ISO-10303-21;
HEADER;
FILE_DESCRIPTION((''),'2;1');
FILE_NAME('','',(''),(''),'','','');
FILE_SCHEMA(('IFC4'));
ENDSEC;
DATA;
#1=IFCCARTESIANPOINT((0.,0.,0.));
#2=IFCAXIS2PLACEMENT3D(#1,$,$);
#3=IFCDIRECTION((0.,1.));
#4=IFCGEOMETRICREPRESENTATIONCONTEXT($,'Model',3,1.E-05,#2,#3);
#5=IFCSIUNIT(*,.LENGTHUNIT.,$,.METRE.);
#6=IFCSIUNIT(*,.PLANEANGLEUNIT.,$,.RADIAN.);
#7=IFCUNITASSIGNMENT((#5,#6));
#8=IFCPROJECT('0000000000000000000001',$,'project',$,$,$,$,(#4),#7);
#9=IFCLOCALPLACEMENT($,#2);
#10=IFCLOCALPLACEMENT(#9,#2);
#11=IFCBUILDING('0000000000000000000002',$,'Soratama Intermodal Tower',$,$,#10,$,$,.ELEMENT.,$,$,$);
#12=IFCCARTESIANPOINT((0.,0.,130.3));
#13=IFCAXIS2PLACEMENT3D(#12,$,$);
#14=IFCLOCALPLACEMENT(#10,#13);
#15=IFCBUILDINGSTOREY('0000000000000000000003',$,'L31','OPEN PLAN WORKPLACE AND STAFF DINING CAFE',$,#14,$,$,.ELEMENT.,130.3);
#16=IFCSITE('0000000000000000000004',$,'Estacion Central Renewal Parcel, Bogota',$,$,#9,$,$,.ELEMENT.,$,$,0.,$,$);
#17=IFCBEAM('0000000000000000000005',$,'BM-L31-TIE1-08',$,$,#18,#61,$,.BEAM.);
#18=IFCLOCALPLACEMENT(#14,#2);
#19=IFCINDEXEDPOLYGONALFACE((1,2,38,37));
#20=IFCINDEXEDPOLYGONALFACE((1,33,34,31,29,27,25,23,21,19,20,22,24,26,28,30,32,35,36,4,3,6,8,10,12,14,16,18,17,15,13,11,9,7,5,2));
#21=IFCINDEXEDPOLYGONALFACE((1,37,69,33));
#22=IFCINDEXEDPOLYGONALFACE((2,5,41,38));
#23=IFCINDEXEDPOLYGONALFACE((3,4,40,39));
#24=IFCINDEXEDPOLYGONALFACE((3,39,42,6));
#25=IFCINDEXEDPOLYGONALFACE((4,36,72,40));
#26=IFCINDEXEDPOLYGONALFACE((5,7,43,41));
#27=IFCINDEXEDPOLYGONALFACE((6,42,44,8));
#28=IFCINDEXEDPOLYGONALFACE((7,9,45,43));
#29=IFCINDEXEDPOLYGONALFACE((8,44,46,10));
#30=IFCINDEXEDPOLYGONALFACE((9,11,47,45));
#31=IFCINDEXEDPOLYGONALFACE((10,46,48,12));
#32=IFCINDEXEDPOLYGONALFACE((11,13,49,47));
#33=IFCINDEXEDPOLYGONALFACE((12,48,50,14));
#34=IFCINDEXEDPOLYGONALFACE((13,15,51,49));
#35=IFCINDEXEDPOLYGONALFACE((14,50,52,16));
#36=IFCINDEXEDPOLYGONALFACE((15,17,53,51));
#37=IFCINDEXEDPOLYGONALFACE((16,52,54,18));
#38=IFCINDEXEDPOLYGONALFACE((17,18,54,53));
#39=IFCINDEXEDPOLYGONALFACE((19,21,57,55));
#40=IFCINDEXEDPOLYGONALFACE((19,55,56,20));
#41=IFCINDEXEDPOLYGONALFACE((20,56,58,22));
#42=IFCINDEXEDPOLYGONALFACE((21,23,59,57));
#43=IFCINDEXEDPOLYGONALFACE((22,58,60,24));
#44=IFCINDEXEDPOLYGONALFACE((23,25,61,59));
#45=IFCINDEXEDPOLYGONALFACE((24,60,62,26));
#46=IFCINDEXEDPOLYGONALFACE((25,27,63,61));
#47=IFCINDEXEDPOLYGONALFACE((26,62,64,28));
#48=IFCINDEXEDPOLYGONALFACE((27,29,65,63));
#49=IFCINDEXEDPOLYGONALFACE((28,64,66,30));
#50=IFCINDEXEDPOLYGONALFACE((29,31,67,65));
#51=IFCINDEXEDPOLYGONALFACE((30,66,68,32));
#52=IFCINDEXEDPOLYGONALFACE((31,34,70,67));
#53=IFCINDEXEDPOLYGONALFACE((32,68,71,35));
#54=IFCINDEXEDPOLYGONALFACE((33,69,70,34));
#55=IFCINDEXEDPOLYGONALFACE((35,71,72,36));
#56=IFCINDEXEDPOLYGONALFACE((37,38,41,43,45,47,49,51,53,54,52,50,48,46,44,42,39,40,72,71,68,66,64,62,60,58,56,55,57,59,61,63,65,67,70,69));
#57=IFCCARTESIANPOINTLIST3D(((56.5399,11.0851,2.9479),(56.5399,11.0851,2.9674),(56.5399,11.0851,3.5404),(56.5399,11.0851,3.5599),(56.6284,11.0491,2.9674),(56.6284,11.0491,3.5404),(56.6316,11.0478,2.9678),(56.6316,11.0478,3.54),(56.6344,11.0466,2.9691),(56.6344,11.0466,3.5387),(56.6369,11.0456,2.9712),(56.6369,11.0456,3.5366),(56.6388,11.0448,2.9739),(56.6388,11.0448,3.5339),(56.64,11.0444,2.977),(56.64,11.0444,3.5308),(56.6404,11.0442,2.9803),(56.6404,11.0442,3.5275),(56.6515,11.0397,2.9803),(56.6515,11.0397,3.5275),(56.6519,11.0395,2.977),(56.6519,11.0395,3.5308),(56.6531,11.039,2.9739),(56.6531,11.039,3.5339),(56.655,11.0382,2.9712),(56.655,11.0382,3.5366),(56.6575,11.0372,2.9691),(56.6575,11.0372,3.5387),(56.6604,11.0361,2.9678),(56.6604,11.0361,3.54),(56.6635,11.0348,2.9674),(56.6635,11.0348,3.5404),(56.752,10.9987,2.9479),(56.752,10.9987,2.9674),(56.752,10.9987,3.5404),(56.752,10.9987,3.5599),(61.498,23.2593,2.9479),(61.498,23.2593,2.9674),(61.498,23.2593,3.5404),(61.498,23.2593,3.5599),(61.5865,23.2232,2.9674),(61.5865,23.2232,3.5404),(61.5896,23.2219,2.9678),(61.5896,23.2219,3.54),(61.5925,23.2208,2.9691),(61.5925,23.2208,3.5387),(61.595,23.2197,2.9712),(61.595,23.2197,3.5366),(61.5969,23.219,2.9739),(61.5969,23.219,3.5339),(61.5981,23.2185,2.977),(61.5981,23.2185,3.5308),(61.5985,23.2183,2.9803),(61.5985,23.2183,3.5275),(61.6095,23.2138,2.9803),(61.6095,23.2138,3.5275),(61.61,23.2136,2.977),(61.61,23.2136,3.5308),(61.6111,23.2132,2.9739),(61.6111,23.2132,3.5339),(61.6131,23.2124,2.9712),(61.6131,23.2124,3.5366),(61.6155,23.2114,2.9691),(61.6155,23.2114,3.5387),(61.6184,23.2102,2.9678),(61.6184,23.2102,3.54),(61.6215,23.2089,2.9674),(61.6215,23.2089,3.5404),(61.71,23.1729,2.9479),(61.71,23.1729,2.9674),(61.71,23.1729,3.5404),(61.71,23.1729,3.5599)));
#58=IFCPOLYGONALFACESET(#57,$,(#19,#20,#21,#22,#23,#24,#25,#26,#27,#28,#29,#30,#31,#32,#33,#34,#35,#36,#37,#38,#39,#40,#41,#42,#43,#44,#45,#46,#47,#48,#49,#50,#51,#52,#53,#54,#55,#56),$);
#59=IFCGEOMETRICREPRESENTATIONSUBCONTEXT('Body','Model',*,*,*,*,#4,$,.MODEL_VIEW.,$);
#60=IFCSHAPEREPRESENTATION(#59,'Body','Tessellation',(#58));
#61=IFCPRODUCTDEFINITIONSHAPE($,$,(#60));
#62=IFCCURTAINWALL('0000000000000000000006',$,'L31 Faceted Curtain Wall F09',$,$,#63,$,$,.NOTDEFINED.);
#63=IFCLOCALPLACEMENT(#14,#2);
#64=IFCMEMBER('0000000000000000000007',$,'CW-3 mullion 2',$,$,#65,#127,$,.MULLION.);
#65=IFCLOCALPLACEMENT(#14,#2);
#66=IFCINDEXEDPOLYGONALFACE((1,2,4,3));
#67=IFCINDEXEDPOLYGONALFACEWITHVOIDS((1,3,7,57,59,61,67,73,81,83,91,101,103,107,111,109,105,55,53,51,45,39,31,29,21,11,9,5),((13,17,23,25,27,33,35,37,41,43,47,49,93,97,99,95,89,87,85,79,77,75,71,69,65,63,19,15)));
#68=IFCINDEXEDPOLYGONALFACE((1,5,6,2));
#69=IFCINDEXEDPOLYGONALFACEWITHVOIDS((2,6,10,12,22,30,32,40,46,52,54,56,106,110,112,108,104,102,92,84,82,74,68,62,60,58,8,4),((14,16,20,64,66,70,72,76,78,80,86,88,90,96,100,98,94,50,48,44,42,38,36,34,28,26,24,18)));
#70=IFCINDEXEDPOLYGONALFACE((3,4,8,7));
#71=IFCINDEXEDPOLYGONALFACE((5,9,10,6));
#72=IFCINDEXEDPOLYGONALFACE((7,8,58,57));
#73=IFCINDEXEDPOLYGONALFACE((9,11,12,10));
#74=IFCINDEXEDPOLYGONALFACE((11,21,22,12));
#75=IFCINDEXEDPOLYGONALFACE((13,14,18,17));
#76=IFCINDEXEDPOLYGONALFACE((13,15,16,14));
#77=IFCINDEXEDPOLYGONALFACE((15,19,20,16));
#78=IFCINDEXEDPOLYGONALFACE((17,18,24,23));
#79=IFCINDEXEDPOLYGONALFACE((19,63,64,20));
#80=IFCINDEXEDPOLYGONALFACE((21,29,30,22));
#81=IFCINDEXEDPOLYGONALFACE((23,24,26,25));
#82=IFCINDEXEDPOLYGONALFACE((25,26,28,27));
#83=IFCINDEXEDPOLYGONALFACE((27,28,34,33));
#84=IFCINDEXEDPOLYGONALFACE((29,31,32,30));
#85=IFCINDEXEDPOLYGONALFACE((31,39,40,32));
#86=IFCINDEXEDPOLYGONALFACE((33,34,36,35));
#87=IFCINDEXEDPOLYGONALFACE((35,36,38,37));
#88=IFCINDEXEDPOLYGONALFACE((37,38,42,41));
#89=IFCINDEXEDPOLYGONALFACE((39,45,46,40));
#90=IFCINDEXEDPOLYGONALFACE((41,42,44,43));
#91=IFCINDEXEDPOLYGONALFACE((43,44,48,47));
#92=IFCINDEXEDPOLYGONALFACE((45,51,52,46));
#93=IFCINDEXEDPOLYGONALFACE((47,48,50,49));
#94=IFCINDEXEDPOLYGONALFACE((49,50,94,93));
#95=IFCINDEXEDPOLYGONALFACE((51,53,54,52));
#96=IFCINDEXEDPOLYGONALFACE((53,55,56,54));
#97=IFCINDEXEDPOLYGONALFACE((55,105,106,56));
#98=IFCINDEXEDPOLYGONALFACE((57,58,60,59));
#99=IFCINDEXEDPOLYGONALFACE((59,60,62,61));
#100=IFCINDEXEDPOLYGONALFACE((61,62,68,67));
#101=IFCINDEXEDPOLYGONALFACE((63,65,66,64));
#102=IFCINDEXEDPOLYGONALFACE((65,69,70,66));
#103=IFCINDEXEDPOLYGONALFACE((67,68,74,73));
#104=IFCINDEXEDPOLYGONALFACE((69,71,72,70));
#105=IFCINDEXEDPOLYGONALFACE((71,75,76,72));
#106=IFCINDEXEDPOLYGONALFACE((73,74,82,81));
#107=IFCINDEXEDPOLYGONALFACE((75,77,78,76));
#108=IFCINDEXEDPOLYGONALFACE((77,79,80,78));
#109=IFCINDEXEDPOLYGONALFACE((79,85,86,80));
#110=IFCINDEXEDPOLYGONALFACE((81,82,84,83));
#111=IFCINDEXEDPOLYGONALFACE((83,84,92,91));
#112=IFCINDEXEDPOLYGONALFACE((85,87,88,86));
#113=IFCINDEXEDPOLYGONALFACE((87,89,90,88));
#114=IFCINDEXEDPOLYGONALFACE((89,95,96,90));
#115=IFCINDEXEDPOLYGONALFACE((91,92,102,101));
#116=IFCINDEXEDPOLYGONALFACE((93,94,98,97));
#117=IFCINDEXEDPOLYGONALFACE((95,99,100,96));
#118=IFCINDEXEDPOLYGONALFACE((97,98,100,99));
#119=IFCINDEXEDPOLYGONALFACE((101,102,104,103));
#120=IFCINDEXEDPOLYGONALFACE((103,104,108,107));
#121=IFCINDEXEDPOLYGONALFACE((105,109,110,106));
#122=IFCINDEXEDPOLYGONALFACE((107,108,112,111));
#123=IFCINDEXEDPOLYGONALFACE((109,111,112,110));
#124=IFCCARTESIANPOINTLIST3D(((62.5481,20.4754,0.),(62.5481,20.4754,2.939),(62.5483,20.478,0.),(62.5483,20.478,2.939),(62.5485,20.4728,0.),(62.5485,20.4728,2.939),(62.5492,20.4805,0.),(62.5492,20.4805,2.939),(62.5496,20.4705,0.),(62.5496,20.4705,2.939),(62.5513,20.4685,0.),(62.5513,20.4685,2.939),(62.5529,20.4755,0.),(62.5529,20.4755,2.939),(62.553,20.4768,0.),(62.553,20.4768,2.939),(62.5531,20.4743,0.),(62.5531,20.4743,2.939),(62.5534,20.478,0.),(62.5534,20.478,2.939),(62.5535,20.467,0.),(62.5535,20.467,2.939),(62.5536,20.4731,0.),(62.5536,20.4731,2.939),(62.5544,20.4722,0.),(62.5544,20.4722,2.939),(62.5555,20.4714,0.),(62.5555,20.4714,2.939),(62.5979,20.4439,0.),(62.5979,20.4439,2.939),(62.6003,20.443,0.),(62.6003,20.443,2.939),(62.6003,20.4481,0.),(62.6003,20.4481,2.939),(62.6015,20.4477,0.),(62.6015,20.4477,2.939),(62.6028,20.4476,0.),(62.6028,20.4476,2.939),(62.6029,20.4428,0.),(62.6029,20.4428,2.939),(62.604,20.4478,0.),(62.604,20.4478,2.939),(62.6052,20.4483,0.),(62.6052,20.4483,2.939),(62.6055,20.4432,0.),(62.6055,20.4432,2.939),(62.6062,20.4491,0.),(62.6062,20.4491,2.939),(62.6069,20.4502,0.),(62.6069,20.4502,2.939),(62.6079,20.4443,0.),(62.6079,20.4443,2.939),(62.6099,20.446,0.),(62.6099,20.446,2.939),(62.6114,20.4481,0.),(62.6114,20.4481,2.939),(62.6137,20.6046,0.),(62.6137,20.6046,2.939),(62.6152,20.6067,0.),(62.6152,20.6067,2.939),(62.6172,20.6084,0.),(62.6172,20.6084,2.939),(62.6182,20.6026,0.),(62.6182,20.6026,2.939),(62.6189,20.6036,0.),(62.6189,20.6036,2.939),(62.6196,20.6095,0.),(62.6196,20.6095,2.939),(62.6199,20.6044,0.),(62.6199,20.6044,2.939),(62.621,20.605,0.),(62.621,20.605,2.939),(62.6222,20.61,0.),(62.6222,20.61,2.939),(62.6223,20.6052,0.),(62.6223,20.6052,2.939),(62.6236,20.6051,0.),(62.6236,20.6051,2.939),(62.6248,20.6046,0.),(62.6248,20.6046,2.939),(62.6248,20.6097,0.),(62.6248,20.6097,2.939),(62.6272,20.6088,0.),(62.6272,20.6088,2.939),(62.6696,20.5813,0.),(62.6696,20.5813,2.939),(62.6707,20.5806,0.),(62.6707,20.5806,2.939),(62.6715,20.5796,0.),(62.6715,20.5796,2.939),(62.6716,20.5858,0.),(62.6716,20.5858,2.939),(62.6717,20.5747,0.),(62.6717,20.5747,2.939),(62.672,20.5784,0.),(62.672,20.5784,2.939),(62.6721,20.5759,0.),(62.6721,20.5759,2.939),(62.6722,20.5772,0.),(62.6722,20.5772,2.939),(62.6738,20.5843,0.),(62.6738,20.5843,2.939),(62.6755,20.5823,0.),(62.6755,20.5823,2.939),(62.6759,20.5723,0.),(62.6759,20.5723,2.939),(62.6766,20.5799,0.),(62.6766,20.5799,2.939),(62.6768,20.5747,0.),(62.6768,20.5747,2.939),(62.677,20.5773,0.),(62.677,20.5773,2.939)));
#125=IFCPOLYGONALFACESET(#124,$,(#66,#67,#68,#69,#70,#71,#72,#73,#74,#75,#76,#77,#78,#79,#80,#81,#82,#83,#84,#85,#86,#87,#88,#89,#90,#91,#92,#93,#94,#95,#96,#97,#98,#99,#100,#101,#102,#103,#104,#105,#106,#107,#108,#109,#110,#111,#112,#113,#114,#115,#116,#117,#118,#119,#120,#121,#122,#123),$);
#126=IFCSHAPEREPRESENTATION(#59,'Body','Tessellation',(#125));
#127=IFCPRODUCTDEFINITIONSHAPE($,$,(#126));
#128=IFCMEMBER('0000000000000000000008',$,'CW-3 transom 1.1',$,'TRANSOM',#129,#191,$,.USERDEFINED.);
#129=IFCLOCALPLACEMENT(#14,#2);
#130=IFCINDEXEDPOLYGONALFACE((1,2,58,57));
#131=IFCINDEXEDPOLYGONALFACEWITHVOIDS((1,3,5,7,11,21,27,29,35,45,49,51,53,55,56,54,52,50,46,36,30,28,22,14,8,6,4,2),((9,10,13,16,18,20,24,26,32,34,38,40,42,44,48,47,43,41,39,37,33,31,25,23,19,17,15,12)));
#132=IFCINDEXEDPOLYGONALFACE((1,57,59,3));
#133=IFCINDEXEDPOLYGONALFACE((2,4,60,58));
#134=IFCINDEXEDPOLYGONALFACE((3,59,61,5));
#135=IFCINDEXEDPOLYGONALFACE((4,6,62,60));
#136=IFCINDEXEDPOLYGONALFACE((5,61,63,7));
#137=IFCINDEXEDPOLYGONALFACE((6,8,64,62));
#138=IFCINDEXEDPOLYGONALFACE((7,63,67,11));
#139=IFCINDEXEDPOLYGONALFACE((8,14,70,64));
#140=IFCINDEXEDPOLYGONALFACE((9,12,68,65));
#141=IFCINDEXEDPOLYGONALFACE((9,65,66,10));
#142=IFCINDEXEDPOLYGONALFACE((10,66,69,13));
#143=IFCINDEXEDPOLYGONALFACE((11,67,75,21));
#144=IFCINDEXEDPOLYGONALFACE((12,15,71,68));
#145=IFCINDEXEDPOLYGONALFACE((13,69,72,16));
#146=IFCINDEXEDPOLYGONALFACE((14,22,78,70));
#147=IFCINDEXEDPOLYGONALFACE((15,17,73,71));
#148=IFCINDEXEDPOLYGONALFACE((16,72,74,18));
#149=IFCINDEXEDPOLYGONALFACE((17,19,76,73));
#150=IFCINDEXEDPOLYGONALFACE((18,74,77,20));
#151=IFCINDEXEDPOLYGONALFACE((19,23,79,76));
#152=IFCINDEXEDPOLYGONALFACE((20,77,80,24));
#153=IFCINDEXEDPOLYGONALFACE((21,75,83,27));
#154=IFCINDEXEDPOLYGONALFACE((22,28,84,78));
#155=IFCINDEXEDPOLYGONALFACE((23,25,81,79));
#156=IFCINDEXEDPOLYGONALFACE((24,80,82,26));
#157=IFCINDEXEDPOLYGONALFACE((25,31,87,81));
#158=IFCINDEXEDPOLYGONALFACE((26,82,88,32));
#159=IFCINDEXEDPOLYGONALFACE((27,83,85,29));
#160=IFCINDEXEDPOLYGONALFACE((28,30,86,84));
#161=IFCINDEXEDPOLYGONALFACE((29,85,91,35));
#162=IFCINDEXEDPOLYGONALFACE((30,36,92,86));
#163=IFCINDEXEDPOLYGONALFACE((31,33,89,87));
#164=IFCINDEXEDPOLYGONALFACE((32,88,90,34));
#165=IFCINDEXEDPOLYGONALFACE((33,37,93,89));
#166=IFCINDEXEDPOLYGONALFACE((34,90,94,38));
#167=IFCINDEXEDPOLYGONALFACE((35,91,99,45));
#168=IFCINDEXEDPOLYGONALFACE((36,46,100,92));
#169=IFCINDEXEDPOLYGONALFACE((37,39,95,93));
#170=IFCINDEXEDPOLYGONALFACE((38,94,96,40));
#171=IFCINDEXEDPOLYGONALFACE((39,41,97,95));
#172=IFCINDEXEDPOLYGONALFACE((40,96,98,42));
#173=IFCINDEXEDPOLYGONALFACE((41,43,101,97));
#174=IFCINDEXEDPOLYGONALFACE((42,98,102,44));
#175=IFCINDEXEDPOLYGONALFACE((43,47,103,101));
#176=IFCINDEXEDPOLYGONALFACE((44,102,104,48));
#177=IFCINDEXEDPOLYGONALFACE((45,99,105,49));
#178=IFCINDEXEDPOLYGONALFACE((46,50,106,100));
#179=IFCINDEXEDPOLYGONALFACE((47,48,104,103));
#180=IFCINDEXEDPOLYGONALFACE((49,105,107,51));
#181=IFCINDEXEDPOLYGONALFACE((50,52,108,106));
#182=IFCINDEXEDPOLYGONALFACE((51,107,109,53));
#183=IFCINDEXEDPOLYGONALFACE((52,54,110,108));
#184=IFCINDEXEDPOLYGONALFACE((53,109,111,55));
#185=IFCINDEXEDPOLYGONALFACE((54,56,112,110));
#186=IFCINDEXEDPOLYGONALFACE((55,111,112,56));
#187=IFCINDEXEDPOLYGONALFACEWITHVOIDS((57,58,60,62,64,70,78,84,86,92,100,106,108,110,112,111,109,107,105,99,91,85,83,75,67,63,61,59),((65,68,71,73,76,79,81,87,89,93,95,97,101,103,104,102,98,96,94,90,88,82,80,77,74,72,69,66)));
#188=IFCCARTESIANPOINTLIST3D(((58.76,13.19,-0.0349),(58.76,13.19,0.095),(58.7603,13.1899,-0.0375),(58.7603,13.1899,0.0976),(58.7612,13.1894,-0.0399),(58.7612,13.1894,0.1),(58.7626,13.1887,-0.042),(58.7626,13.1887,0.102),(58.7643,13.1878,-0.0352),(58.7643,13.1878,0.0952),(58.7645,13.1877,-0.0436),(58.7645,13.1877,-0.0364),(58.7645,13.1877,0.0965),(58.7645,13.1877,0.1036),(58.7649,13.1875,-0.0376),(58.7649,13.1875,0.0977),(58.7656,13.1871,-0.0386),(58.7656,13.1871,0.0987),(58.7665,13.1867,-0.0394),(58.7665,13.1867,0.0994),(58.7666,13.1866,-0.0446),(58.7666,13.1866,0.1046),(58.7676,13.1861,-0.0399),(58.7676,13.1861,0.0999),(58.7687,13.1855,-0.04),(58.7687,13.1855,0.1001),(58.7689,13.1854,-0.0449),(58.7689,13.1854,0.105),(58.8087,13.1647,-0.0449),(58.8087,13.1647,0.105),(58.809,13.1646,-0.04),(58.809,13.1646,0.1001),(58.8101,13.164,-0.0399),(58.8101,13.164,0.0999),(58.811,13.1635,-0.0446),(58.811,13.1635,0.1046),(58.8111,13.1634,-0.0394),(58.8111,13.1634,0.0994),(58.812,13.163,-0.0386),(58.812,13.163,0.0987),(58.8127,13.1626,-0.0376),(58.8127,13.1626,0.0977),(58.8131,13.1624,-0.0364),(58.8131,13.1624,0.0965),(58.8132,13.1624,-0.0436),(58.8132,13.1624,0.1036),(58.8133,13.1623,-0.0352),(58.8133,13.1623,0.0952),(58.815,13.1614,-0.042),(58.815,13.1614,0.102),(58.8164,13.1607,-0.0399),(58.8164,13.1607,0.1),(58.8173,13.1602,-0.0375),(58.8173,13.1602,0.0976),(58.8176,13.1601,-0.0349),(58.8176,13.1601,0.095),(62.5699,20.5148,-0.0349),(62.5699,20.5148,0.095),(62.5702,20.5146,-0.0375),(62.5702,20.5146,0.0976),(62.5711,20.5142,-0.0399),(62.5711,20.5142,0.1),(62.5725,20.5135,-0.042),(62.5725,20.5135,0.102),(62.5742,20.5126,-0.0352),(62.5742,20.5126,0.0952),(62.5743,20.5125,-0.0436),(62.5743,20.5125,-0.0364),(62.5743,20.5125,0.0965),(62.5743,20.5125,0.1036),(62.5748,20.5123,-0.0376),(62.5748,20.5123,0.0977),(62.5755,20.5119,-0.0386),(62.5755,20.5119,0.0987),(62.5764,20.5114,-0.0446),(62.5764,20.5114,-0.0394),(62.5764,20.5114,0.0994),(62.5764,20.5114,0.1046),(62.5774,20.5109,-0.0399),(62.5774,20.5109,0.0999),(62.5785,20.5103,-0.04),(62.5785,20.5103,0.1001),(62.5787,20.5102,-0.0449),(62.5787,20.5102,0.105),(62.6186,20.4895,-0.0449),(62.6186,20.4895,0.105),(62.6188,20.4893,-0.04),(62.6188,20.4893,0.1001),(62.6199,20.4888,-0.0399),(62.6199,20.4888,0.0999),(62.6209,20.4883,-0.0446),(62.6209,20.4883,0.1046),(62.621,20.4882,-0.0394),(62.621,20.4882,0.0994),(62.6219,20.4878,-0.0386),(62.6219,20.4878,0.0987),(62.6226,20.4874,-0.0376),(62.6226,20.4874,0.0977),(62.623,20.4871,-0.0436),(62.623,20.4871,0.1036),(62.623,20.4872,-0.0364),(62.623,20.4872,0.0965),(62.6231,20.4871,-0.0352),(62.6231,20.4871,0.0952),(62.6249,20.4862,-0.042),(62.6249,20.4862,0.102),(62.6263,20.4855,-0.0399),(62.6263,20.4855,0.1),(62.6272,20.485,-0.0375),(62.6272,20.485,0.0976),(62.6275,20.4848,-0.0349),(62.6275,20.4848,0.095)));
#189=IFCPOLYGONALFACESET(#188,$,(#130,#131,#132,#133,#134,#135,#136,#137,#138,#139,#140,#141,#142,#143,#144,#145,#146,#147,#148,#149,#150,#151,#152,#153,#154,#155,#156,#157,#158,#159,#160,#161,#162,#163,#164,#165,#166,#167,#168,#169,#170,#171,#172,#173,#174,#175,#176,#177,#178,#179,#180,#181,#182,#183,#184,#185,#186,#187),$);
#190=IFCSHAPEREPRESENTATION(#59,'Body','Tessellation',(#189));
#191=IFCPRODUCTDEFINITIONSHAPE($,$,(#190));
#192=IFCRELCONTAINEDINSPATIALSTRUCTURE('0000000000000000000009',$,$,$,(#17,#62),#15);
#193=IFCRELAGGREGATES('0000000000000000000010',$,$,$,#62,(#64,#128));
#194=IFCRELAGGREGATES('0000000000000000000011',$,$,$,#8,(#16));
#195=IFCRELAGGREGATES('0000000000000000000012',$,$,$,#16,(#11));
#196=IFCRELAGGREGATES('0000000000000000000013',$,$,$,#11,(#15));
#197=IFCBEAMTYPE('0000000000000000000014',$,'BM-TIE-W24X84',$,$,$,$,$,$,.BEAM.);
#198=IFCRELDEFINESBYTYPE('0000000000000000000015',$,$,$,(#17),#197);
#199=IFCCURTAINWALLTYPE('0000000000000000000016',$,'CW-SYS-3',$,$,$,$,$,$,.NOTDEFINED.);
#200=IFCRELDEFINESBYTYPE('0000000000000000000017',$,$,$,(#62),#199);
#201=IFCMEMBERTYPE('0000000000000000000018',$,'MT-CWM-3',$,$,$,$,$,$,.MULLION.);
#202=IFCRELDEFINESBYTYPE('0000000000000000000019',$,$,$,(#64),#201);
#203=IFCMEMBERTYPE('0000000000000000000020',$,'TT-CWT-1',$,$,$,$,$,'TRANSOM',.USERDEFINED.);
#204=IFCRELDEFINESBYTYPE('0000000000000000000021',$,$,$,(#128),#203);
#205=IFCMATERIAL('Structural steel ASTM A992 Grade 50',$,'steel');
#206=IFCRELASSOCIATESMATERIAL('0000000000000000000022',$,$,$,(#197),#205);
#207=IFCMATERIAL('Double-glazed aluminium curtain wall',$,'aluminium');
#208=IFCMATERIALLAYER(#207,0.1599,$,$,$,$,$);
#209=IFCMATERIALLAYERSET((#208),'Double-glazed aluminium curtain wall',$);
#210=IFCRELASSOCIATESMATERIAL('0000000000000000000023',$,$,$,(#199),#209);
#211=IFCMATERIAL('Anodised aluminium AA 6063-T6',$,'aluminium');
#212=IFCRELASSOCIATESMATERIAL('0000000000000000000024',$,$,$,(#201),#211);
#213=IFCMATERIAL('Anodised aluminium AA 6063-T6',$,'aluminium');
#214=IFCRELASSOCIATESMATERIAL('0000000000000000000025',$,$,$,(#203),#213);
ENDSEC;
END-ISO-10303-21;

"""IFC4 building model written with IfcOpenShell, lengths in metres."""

from ifc_helpers import new_model, si_unit, direction, frame, origin, origin_2d, place, context, subcontext, project, spatial, hollow_rectangle, i_section, extrude, material, layer, layer_set, material_profile, profile_set, type_object, element, aggregate, save


model = new_model("IFC4")

# Units and contexts
model_context = context("Model", 3, precision=1e-05, world=origin(), true_north=direction((0.0, 1.0)))
body_context = subcontext(model_context, "Body", "Model", "MODEL_VIEW")
ifc_project = project(units=[si_unit("LENGTHUNIT", "METRE"), si_unit("PLANEANGLEUNIT", "RADIAN")], contexts=[model_context])

# Site, building, storey
site_placement = place(None, origin())
site = spatial("IfcSite", under=ifc_project, at=site_placement, Name="Estacion Central Renewal Parcel, Bogota", CompositionType="ELEMENT", RefElevation=0.0)
building_placement = place(site_placement, origin())
building = spatial("IfcBuilding", under=site, at=building_placement, Name="Soratama Intermodal Tower", CompositionType="ELEMENT")
storey_placement = place(building_placement, frame((0.0, 0.0, 130.3)))
storey = spatial("IfcBuildingStorey", under=building, at=storey_placement, Name="L31", Description="OPEN PLAN WORKPLACE AND STAFF DINING CAFE", CompositionType="ELEMENT", Elevation=130.3)

# Beam
ifc_material_1 = material(Name="Structural steel ASTM A992 Grade 50", Category="steel")
ifc_material_profile_1 = material_profile(ifc_material_1, i_section(OverallWidth=0.229, OverallDepth=0.6121, WebThickness=0.012, FlangeThickness=0.0195, FilletRadius=0.0129, at=origin_2d()), Name="W24X84")
ifc_profile_set_1 = profile_set([ifc_material_profile_1], Name="Structural steel ASTM A992 Grade 50")
beam_type_1 = type_object("IfcBeamType", Name="BM-TIE-W24X84", PredefinedType="BEAM", material=ifc_profile_set_1)
beam_1_placement = place(storey_placement, frame((61.604, 23.2161, 3.2539), z_axis=(-0.377179, -0.92614, 0.0), x_axis=(0.92614, -0.377179, 0.0)))
element("IfcBeam", 1, at=beam_1_placement, inside=storey, type_object=beam_type_1, Name="BM-L31-TIE1-08", PredefinedType="BEAM", context=body_context, shape_type="SweptSolid", body=[
    extrude(i_section(OverallWidth=0.229, OverallDepth=0.6121, WebThickness=0.012, FlangeThickness=0.0195, FilletRadius=0.0129, at=origin_2d()), origin(), (0.0, 0.0, 1.0), 13.145),
])

# Curtain wall, members
ifc_material_2 = material(Name="Double-glazed aluminium curtain wall", Category="aluminium")
ifc_layer_1 = layer(ifc_material_2, 0.1599)
ifc_layer_set_1 = layer_set([ifc_layer_1], Name="Double-glazed aluminium curtain wall")
curtain_wall_type = type_object("IfcCurtainWallType", Name="CW-SYS-3", PredefinedType="NOTDEFINED", material=ifc_layer_set_1)
curtain_wall_placement = place(storey_placement, origin())
curtain_wall = element("IfcCurtainWall", 2, at=curtain_wall_placement, inside=storey, type_object=curtain_wall_type, Name="L31 Faceted Curtain Wall F09", PredefinedType="NOTDEFINED")
ifc_material_3 = material(Name="Anodised aluminium AA 6063-T6", Category="aluminium")
ifc_material_profile_2 = material_profile(ifc_material_3, hollow_rectangle(XDim=0.0701, YDim=0.1599, WallThickness=0.0049, InnerFilletRadius=0.0049, OuterFilletRadius=0.01, at=origin_2d()), Name="CWM160X70X5")
ifc_profile_set_2 = profile_set([ifc_material_profile_2], Name="Anodised aluminium AA 6063-T6")
member_type_1 = type_object("IfcMemberType", Name="MT-CWM-3", PredefinedType="MULLION", material=ifc_profile_set_2)
member_1_placement = place(storey_placement, frame((62.6125, 20.5264, 0.0), z_axis=(0.0, 0.0, 1.0), x_axis=(-0.887174, 0.461435, 0.0)))
member_1 = element("IfcMember", 3, at=member_1_placement, type_object=member_type_1, Name="CW-3 mullion 2", PredefinedType="MULLION", context=body_context, shape_type="SweptSolid", body=[
    extrude(hollow_rectangle(XDim=0.0701, YDim=0.1599, WallThickness=0.0049, InnerFilletRadius=0.0049, OuterFilletRadius=0.01, at=origin_2d()), origin(), (0.0, 0.0, 1.0), 2.939),
])
ifc_material_4 = material(Name="Anodised aluminium AA 6063-T6", Category="aluminium")
ifc_material_profile_3 = material_profile(ifc_material_4, hollow_rectangle(XDim=0.0649, YDim=0.1499, WallThickness=0.0049, InnerFilletRadius=0.0049, OuterFilletRadius=0.01, at=origin_2d()), Name="CWT150X65X5")
ifc_profile_set_3 = profile_set([ifc_material_profile_3], Name="Anodised aluminium AA 6063-T6")
member_type_2 = type_object("IfcMemberType", Name="TT-CWT-1", ElementType="TRANSOM", PredefinedType="USERDEFINED", material=ifc_profile_set_3)
member_2_placement = place(storey_placement, frame((58.7888, 13.175, 0.03), z_axis=(0.461445, 0.887169, 0.0), x_axis=(-0.887169, 0.461445, 0.0)))
member_2 = element("IfcMember", 4, at=member_2_placement, type_object=member_type_2, Name="CW-3 transom 1.1", ObjectType="TRANSOM", PredefinedType="USERDEFINED", context=body_context, shape_type="SweptSolid", body=[
    extrude(hollow_rectangle(XDim=0.0649, YDim=0.1499, WallThickness=0.0049, InnerFilletRadius=0.0049, OuterFilletRadius=0.01, at=origin_2d()), origin(), (0.0, 0.0, 1.0), 8.2563),
])
aggregate(curtain_wall, [member_1, member_2])

save(model, "model.ifc")
